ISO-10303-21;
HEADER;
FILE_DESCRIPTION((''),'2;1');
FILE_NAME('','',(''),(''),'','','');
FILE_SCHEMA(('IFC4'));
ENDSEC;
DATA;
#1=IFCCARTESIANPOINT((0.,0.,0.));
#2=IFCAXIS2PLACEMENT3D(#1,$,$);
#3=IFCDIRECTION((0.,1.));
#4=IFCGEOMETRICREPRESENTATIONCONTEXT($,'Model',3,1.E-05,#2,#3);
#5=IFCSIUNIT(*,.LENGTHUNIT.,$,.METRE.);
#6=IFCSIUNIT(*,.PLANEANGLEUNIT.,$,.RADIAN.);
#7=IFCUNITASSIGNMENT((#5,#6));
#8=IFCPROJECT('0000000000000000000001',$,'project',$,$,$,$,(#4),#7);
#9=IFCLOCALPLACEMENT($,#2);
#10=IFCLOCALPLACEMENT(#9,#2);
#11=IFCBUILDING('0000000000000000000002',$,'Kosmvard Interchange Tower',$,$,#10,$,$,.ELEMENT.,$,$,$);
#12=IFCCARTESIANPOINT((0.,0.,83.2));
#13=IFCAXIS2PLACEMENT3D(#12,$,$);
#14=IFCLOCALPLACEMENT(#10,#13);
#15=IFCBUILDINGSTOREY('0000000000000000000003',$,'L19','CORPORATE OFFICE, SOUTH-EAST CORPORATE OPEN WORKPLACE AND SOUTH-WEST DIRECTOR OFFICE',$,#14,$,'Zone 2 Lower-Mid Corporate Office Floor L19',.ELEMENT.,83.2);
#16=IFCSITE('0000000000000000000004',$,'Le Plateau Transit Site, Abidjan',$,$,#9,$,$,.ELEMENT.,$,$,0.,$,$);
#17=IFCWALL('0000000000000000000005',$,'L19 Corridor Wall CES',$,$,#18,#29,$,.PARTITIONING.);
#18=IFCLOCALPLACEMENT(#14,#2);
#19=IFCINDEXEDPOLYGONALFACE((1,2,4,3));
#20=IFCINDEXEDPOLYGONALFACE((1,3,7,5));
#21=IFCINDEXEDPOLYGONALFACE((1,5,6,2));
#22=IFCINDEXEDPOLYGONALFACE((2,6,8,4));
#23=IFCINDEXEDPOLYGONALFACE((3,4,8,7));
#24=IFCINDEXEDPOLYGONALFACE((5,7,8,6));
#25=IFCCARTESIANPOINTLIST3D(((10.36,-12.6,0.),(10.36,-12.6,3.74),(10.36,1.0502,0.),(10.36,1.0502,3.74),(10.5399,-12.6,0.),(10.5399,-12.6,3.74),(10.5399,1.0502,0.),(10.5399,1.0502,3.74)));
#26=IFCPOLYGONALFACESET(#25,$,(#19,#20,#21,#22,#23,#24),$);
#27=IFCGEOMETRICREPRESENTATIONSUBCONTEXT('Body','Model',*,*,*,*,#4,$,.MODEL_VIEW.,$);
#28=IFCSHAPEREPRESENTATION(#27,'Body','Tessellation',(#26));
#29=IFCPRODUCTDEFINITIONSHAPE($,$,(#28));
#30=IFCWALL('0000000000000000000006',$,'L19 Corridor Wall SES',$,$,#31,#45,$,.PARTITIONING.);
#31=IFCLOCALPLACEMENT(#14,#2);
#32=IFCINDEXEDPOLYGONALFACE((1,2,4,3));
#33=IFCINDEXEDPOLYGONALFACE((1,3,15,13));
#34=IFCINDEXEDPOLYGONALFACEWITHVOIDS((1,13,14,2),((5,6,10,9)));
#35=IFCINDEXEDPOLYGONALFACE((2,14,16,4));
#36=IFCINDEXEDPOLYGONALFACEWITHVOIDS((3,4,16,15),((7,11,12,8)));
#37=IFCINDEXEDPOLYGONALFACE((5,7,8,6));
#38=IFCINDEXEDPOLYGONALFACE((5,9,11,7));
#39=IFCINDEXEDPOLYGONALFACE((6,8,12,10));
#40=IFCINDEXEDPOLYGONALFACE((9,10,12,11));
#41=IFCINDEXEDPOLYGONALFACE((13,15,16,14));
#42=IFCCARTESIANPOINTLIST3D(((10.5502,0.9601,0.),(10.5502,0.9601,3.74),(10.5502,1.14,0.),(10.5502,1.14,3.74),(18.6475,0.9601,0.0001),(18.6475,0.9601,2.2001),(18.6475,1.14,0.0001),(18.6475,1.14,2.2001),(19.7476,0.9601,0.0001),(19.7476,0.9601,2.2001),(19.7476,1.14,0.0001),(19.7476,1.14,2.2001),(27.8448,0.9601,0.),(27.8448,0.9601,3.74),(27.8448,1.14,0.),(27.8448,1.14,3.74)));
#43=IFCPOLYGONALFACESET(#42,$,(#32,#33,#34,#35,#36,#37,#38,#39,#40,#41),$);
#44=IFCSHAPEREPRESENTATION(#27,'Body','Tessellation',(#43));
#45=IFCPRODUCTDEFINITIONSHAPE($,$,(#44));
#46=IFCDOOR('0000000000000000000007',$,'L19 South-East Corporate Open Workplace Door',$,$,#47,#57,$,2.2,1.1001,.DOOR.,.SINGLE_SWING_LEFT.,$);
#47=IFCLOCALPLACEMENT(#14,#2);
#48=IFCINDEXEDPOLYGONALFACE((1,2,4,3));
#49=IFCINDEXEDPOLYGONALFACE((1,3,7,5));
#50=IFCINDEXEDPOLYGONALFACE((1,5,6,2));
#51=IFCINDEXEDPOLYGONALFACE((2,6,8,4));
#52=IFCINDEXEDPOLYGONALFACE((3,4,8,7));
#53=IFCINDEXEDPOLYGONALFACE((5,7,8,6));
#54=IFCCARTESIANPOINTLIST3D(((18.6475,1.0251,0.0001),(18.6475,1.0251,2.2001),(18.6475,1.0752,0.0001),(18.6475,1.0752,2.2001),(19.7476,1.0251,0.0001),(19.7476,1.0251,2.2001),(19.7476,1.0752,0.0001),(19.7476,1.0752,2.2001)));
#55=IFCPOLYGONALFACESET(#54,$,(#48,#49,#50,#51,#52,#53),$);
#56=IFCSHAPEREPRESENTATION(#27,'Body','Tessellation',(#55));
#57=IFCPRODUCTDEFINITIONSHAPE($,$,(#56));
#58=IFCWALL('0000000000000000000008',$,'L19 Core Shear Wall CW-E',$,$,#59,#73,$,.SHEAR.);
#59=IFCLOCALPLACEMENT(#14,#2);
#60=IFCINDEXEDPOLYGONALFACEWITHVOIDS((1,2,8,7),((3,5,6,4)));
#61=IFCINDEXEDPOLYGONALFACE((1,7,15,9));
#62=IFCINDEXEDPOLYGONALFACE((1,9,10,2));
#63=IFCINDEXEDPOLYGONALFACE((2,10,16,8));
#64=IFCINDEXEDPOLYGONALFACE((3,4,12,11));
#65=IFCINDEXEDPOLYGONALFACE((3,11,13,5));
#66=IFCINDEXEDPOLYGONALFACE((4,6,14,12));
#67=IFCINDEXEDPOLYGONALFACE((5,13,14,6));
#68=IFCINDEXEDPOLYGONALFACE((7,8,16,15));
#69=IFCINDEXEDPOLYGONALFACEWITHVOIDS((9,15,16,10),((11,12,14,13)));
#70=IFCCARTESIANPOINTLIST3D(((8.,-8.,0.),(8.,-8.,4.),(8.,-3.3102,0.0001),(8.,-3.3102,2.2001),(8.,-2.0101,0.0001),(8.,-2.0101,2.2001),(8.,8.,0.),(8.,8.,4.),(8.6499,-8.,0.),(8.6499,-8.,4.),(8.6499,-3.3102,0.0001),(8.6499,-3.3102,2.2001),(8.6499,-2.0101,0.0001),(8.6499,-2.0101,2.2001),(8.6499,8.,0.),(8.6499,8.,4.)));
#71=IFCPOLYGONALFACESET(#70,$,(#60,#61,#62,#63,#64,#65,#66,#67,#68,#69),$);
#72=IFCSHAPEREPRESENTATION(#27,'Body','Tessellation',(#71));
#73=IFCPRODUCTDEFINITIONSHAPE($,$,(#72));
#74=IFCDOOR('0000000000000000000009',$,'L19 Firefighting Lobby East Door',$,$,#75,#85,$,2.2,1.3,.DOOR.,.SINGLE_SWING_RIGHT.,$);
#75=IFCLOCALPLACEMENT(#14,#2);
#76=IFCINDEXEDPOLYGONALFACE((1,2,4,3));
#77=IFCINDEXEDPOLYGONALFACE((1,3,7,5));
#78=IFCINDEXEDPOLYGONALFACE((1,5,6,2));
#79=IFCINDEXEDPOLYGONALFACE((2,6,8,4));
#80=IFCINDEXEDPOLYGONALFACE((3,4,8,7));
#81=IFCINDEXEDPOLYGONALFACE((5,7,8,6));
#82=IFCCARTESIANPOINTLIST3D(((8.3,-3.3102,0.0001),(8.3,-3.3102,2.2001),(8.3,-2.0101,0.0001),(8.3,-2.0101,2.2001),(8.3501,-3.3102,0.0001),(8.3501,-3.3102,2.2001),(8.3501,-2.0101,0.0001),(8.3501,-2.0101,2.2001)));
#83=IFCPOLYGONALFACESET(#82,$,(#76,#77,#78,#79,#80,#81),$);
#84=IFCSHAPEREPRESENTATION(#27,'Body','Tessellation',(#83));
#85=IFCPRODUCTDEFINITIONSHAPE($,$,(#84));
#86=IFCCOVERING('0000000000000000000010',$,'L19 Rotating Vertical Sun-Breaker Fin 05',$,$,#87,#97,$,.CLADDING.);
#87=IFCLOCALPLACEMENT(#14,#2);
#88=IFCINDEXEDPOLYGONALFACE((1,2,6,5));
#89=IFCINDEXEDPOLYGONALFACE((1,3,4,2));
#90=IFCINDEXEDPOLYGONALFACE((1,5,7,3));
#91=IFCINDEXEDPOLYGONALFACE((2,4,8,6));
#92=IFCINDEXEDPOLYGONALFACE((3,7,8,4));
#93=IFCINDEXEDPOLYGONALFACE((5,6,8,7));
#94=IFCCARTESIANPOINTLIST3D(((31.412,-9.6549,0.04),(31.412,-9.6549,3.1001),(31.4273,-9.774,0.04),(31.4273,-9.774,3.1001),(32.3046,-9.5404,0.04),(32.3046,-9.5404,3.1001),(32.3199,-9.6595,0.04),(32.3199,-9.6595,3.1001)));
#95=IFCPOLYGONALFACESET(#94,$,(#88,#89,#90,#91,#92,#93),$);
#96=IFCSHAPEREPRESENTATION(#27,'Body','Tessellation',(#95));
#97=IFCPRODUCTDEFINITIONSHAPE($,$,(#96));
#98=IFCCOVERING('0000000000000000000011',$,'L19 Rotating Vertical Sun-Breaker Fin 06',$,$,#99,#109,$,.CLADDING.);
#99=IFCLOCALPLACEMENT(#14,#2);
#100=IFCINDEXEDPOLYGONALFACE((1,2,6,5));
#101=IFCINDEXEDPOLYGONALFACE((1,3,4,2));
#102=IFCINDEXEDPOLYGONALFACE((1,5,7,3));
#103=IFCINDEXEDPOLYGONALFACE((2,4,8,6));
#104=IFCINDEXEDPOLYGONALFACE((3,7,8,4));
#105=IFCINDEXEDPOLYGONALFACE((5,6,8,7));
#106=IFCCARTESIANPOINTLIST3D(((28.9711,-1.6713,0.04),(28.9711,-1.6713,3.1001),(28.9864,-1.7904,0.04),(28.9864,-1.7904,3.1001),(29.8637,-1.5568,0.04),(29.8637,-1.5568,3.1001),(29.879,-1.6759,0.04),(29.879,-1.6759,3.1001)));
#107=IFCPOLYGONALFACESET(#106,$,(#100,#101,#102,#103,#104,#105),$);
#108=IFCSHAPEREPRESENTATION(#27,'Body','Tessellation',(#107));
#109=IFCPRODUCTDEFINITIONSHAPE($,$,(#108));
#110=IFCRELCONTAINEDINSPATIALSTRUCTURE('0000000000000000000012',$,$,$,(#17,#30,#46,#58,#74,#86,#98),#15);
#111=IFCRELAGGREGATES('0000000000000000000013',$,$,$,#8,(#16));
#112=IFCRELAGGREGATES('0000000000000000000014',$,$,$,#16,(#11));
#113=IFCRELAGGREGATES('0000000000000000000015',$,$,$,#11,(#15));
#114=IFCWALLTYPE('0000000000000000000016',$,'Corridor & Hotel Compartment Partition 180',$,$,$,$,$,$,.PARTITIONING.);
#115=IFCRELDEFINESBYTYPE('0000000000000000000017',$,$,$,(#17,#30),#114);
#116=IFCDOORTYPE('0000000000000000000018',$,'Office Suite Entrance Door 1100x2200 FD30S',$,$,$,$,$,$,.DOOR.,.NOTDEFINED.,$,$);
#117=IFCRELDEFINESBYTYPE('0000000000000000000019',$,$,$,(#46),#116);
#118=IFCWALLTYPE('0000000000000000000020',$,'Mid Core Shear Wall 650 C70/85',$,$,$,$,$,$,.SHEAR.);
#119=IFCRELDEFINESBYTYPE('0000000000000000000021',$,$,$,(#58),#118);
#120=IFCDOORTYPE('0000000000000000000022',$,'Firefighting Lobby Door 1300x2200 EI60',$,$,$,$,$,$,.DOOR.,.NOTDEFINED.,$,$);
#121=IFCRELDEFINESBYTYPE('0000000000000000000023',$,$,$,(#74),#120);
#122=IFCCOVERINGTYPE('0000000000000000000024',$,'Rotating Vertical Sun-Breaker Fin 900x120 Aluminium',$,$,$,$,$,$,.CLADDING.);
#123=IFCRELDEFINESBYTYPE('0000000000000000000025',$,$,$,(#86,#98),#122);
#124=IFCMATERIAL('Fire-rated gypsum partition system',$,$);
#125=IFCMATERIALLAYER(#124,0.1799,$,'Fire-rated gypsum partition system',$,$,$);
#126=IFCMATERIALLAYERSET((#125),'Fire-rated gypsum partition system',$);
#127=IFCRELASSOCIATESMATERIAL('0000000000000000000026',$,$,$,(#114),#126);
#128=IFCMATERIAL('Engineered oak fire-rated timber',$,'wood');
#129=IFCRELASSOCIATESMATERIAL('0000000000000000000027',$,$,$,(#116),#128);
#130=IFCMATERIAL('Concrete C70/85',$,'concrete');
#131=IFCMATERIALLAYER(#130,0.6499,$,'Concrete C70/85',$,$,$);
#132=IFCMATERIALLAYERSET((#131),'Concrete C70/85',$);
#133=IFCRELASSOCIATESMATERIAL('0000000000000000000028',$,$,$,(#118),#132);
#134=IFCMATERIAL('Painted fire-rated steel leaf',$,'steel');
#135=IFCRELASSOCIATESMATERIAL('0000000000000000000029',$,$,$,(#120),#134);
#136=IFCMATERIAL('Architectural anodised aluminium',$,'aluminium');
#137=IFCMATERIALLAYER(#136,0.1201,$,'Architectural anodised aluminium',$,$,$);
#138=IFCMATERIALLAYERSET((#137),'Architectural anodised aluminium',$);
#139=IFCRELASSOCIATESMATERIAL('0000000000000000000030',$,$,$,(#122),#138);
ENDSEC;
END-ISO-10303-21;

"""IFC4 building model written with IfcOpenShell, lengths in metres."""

from ifc_helpers import new_model, si_unit, direction, frame, frame_2d, origin, origin_2d, place, context, subcontext, project, spatial, rectangle, extrude, source, transform, mapped, material, layer, layer_set, type_object, element, fill, save


model = new_model("IFC4")

# Units and contexts
model_context = context("Model", 3, precision=1e-05, world=origin(), true_north=direction((0.0, 1.0)))
body_context = subcontext(model_context, "Body", "Model", "MODEL_VIEW")
ifc_project = project(units=[si_unit("LENGTHUNIT", "METRE"), si_unit("PLANEANGLEUNIT", "RADIAN")], contexts=[model_context])

# Site, building, storey
site_placement = place(None, origin())
site = spatial("IfcSite", under=ifc_project, at=site_placement, Name="Le Plateau Transit Site, Abidjan", CompositionType="ELEMENT", RefElevation=0.0)
building_placement = place(site_placement, origin())
building = spatial("IfcBuilding", under=site, at=building_placement, Name="Kosmvard Interchange Tower", CompositionType="ELEMENT")
storey_placement = place(building_placement, frame((0.0, 0.0, 83.2)))
storey = spatial("IfcBuildingStorey", under=building, at=storey_placement, Name="L19", Description="CORPORATE OFFICE, SOUTH-EAST CORPORATE OPEN WORKPLACE AND SOUTH-WEST DIRECTOR OFFICE", LongName="Zone 2 Lower-Mid Corporate Office Floor L19", CompositionType="ELEMENT", Elevation=83.2)

# Shared definitions
ifc_material_1 = material(Name="Concrete C70/85", Category="concrete")

# Wall
ifc_material_2 = material(Name="Fire-rated gypsum partition system")
ifc_layer_1 = layer(ifc_material_2, 0.1799, Name="Fire-rated gypsum partition system")
ifc_layer_set_1 = layer_set([ifc_layer_1], Name="Fire-rated gypsum partition system")
wall_type_1 = type_object("IfcWallType", Name="Corridor & Hotel Compartment Partition 180", PredefinedType="PARTITIONING", material=ifc_layer_set_1)
wall_1_placement = place(storey_placement, frame((10.45, -12.6001, 0.0), z_axis=(0.0, 0.0, 1.0), x_axis=(0.0, 1.0, 0.0)))
element("IfcWall", 1, at=wall_1_placement, inside=storey, type_object=wall_type_1, Name="L19 Corridor Wall CES", PredefinedType="PARTITIONING", context=body_context, shape_type="SweptSolid", body=[
    extrude(rectangle(XDim=13.6501, YDim=0.1799, at=frame_2d((6.8252, 0.0))), origin(), (0.0, 0.0, 1.0), 3.74),
])

# Walls, openings, doors
wall_2_placement = place(storey_placement, frame((10.55, 1.05, 0.0), z_axis=(0.0, 0.0, 1.0), x_axis=(1.0, 0.0, 0.0)))
wall_2 = element("IfcWall", 2, at=wall_2_placement, inside=storey, type_object=wall_type_1, Name="L19 Corridor Wall SES", PredefinedType="PARTITIONING", context=body_context, shape_type="SweptSolid", body=[
    extrude(rectangle(XDim=17.2947, YDim=0.1799, at=frame_2d((8.6475, 0.0))), origin(), (0.0, 0.0, 1.0), 3.74),
])
opening_1_placement = place(wall_2_placement, frame((8.0974, 0.0, 0.0)))
opening_1 = element("IfcOpeningElement", 3, at=opening_1_placement, cuts=wall_2, PredefinedType="OPENING", context=body_context, shape_type="SweptSolid", body=[
    extrude(rectangle(XDim=1.1001, YDim=2.2, at=frame_2d((0.55, 1.1001))), frame((0.0, 0.1001, 0.0), z_axis=(0.0, -1.0, 0.0), x_axis=(1.0, 0.0, 0.0)), (0.0, 0.0, 1.0), 0.2),
])
ifc_material_3 = material(Name="Engineered oak fire-rated timber", Category="wood")
door_type_1 = type_object("IfcDoorType", Name="Office Suite Entrance Door 1100x2200 FD30S", OperationType="NOTDEFINED", PredefinedType="DOOR", material=ifc_material_3)
shared_shape_1 = source(origin(), body_context, "Body", "SweptSolid", [
    extrude(rectangle(XDim=1.1001, YDim=2.2, at=frame_2d((0.55, 1.1001))), frame((0.0, 0.0249, 0.0), z_axis=(0.0, -1.0, 0.0), x_axis=(1.0, 0.0, 0.0)), (0.0, 0.0, 1.0), 0.05),
])
door_1_placement = place(opening_1_placement, frame((1.1001, 0.0, 0.0), z_axis=(0.0, 0.0, 1.0), x_axis=(-1.0, 0.0, 0.0)))
door_1 = element("IfcDoor", 4, at=door_1_placement, inside=storey, type_object=door_type_1, Name="L19 South-East Corporate Open Workplace Door", OperationType="SINGLE_SWING_LEFT", OverallHeight=2.2, OverallWidth=1.1001, PredefinedType="DOOR", context=body_context, shape_type="MappedRepresentation", body=[
    mapped(shared_shape_1, transform((0.0, 0.0, 0.0), scale=1.0)),
])
fill(opening_1, door_1)
ifc_layer_2 = layer(ifc_material_1, 0.6499, Name="Concrete C70/85")
ifc_layer_set_2 = layer_set([ifc_layer_2], Name="Concrete C70/85")
wall_type_2 = type_object("IfcWallType", Name="Mid Core Shear Wall 650 C70/85", PredefinedType="SHEAR", material=ifc_layer_set_2)
wall_3_placement = place(storey_placement, frame((8.325, -8.0, 0.0), z_axis=(0.0, 0.0, 1.0), x_axis=(0.0, 1.0, 0.0)))
wall_3 = element("IfcWall", 5, at=wall_3_placement, inside=storey, type_object=wall_type_2, Name="L19 Core Shear Wall CW-E", PredefinedType="SHEAR", context=body_context, shape_type="SweptSolid", body=[
    extrude(rectangle(XDim=16.0, YDim=0.6499, at=frame_2d((8.0, 0.0))), origin(), (0.0, 0.0, 1.0), 4.0),
])
opening_2_placement = place(wall_3_placement, frame((4.6899, 0.0, 0.0)))
opening_2 = element("IfcOpeningElement", 6, at=opening_2_placement, cuts=wall_3, PredefinedType="OPENING", context=body_context, shape_type="SweptSolid", body=[
    extrude(rectangle(XDim=1.3, YDim=2.2, at=frame_2d((0.6499, 1.1001))), frame((0.0, 0.335, 0.0), z_axis=(0.0, -1.0, 0.0), x_axis=(1.0, 0.0, 0.0)), (0.0, 0.0, 1.0), 0.6699),
])
ifc_material_4 = material(Name="Painted fire-rated steel leaf", Category="steel")
door_type_2 = type_object("IfcDoorType", Name="Firefighting Lobby Door 1300x2200 EI60", OperationType="NOTDEFINED", PredefinedType="DOOR", material=ifc_material_4)
shared_shape_2 = source(origin(), body_context, "Body", "SweptSolid", [
    extrude(rectangle(XDim=1.3, YDim=2.2, at=frame_2d((0.6499, 1.1001))), frame((0.0, 0.0249, 0.0), z_axis=(0.0, -1.0, 0.0), x_axis=(1.0, 0.0, 0.0)), (0.0, 0.0, 1.0), 0.05),
])
door_2_placement = place(opening_2_placement, origin())
door_2 = element("IfcDoor", 7, at=door_2_placement, inside=storey, type_object=door_type_2, Name="L19 Firefighting Lobby East Door", OperationType="SINGLE_SWING_RIGHT", OverallHeight=2.2, OverallWidth=1.3, PredefinedType="DOOR", context=body_context, shape_type="MappedRepresentation", body=[
    mapped(shared_shape_2, transform((0.0, 0.0, 0.0), scale=1.0)),
])
fill(opening_2, door_2)

# Coverings
ifc_material_5 = material(Name="Architectural anodised aluminium", Category="aluminium")
ifc_layer_3 = layer(ifc_material_5, 0.1201, Name="Architectural anodised aluminium")
ifc_layer_set_3 = layer_set([ifc_layer_3], Name="Architectural anodised aluminium")
covering_type = type_object("IfcCoveringType", Name="Rotating Vertical Sun-Breaker Fin 900x120 Aluminium", PredefinedType="CLADDING", material=ifc_layer_set_3)
shared_shape_3 = source(origin(), body_context, "Body", "SweptSolid", [
    extrude(rectangle(XDim=0.8999, YDim=0.1201, at=origin_2d()), origin(), (0.0, 0.0, 1.0), 3.0601),
])
for number, where, z_axis, x_axis, name in (
    (8, (31.866, -9.6572, 0.04), (0.0, 0.0, 1.0), (0.991872, 0.127238, 0.0), "L19 Rotating Vertical Sun-Breaker Fin 05"),
    (9, (29.425, -1.6736, 0.04), (0.0, 0.0, 1.0), (0.991872, 0.127238, 0.0), "L19 Rotating Vertical Sun-Breaker Fin 06"),
):
    element("IfcCovering", number, at=place(storey_placement, frame(where, z_axis=z_axis, x_axis=x_axis)), inside=storey, type_object=covering_type, Name=name, PredefinedType="CLADDING", context=body_context, shape_type="MappedRepresentation", body=[
        mapped(shared_shape_3, transform((0.0, 0.0, 0.0), scale=1.0)),
    ])

save(model, "model.ifc")
